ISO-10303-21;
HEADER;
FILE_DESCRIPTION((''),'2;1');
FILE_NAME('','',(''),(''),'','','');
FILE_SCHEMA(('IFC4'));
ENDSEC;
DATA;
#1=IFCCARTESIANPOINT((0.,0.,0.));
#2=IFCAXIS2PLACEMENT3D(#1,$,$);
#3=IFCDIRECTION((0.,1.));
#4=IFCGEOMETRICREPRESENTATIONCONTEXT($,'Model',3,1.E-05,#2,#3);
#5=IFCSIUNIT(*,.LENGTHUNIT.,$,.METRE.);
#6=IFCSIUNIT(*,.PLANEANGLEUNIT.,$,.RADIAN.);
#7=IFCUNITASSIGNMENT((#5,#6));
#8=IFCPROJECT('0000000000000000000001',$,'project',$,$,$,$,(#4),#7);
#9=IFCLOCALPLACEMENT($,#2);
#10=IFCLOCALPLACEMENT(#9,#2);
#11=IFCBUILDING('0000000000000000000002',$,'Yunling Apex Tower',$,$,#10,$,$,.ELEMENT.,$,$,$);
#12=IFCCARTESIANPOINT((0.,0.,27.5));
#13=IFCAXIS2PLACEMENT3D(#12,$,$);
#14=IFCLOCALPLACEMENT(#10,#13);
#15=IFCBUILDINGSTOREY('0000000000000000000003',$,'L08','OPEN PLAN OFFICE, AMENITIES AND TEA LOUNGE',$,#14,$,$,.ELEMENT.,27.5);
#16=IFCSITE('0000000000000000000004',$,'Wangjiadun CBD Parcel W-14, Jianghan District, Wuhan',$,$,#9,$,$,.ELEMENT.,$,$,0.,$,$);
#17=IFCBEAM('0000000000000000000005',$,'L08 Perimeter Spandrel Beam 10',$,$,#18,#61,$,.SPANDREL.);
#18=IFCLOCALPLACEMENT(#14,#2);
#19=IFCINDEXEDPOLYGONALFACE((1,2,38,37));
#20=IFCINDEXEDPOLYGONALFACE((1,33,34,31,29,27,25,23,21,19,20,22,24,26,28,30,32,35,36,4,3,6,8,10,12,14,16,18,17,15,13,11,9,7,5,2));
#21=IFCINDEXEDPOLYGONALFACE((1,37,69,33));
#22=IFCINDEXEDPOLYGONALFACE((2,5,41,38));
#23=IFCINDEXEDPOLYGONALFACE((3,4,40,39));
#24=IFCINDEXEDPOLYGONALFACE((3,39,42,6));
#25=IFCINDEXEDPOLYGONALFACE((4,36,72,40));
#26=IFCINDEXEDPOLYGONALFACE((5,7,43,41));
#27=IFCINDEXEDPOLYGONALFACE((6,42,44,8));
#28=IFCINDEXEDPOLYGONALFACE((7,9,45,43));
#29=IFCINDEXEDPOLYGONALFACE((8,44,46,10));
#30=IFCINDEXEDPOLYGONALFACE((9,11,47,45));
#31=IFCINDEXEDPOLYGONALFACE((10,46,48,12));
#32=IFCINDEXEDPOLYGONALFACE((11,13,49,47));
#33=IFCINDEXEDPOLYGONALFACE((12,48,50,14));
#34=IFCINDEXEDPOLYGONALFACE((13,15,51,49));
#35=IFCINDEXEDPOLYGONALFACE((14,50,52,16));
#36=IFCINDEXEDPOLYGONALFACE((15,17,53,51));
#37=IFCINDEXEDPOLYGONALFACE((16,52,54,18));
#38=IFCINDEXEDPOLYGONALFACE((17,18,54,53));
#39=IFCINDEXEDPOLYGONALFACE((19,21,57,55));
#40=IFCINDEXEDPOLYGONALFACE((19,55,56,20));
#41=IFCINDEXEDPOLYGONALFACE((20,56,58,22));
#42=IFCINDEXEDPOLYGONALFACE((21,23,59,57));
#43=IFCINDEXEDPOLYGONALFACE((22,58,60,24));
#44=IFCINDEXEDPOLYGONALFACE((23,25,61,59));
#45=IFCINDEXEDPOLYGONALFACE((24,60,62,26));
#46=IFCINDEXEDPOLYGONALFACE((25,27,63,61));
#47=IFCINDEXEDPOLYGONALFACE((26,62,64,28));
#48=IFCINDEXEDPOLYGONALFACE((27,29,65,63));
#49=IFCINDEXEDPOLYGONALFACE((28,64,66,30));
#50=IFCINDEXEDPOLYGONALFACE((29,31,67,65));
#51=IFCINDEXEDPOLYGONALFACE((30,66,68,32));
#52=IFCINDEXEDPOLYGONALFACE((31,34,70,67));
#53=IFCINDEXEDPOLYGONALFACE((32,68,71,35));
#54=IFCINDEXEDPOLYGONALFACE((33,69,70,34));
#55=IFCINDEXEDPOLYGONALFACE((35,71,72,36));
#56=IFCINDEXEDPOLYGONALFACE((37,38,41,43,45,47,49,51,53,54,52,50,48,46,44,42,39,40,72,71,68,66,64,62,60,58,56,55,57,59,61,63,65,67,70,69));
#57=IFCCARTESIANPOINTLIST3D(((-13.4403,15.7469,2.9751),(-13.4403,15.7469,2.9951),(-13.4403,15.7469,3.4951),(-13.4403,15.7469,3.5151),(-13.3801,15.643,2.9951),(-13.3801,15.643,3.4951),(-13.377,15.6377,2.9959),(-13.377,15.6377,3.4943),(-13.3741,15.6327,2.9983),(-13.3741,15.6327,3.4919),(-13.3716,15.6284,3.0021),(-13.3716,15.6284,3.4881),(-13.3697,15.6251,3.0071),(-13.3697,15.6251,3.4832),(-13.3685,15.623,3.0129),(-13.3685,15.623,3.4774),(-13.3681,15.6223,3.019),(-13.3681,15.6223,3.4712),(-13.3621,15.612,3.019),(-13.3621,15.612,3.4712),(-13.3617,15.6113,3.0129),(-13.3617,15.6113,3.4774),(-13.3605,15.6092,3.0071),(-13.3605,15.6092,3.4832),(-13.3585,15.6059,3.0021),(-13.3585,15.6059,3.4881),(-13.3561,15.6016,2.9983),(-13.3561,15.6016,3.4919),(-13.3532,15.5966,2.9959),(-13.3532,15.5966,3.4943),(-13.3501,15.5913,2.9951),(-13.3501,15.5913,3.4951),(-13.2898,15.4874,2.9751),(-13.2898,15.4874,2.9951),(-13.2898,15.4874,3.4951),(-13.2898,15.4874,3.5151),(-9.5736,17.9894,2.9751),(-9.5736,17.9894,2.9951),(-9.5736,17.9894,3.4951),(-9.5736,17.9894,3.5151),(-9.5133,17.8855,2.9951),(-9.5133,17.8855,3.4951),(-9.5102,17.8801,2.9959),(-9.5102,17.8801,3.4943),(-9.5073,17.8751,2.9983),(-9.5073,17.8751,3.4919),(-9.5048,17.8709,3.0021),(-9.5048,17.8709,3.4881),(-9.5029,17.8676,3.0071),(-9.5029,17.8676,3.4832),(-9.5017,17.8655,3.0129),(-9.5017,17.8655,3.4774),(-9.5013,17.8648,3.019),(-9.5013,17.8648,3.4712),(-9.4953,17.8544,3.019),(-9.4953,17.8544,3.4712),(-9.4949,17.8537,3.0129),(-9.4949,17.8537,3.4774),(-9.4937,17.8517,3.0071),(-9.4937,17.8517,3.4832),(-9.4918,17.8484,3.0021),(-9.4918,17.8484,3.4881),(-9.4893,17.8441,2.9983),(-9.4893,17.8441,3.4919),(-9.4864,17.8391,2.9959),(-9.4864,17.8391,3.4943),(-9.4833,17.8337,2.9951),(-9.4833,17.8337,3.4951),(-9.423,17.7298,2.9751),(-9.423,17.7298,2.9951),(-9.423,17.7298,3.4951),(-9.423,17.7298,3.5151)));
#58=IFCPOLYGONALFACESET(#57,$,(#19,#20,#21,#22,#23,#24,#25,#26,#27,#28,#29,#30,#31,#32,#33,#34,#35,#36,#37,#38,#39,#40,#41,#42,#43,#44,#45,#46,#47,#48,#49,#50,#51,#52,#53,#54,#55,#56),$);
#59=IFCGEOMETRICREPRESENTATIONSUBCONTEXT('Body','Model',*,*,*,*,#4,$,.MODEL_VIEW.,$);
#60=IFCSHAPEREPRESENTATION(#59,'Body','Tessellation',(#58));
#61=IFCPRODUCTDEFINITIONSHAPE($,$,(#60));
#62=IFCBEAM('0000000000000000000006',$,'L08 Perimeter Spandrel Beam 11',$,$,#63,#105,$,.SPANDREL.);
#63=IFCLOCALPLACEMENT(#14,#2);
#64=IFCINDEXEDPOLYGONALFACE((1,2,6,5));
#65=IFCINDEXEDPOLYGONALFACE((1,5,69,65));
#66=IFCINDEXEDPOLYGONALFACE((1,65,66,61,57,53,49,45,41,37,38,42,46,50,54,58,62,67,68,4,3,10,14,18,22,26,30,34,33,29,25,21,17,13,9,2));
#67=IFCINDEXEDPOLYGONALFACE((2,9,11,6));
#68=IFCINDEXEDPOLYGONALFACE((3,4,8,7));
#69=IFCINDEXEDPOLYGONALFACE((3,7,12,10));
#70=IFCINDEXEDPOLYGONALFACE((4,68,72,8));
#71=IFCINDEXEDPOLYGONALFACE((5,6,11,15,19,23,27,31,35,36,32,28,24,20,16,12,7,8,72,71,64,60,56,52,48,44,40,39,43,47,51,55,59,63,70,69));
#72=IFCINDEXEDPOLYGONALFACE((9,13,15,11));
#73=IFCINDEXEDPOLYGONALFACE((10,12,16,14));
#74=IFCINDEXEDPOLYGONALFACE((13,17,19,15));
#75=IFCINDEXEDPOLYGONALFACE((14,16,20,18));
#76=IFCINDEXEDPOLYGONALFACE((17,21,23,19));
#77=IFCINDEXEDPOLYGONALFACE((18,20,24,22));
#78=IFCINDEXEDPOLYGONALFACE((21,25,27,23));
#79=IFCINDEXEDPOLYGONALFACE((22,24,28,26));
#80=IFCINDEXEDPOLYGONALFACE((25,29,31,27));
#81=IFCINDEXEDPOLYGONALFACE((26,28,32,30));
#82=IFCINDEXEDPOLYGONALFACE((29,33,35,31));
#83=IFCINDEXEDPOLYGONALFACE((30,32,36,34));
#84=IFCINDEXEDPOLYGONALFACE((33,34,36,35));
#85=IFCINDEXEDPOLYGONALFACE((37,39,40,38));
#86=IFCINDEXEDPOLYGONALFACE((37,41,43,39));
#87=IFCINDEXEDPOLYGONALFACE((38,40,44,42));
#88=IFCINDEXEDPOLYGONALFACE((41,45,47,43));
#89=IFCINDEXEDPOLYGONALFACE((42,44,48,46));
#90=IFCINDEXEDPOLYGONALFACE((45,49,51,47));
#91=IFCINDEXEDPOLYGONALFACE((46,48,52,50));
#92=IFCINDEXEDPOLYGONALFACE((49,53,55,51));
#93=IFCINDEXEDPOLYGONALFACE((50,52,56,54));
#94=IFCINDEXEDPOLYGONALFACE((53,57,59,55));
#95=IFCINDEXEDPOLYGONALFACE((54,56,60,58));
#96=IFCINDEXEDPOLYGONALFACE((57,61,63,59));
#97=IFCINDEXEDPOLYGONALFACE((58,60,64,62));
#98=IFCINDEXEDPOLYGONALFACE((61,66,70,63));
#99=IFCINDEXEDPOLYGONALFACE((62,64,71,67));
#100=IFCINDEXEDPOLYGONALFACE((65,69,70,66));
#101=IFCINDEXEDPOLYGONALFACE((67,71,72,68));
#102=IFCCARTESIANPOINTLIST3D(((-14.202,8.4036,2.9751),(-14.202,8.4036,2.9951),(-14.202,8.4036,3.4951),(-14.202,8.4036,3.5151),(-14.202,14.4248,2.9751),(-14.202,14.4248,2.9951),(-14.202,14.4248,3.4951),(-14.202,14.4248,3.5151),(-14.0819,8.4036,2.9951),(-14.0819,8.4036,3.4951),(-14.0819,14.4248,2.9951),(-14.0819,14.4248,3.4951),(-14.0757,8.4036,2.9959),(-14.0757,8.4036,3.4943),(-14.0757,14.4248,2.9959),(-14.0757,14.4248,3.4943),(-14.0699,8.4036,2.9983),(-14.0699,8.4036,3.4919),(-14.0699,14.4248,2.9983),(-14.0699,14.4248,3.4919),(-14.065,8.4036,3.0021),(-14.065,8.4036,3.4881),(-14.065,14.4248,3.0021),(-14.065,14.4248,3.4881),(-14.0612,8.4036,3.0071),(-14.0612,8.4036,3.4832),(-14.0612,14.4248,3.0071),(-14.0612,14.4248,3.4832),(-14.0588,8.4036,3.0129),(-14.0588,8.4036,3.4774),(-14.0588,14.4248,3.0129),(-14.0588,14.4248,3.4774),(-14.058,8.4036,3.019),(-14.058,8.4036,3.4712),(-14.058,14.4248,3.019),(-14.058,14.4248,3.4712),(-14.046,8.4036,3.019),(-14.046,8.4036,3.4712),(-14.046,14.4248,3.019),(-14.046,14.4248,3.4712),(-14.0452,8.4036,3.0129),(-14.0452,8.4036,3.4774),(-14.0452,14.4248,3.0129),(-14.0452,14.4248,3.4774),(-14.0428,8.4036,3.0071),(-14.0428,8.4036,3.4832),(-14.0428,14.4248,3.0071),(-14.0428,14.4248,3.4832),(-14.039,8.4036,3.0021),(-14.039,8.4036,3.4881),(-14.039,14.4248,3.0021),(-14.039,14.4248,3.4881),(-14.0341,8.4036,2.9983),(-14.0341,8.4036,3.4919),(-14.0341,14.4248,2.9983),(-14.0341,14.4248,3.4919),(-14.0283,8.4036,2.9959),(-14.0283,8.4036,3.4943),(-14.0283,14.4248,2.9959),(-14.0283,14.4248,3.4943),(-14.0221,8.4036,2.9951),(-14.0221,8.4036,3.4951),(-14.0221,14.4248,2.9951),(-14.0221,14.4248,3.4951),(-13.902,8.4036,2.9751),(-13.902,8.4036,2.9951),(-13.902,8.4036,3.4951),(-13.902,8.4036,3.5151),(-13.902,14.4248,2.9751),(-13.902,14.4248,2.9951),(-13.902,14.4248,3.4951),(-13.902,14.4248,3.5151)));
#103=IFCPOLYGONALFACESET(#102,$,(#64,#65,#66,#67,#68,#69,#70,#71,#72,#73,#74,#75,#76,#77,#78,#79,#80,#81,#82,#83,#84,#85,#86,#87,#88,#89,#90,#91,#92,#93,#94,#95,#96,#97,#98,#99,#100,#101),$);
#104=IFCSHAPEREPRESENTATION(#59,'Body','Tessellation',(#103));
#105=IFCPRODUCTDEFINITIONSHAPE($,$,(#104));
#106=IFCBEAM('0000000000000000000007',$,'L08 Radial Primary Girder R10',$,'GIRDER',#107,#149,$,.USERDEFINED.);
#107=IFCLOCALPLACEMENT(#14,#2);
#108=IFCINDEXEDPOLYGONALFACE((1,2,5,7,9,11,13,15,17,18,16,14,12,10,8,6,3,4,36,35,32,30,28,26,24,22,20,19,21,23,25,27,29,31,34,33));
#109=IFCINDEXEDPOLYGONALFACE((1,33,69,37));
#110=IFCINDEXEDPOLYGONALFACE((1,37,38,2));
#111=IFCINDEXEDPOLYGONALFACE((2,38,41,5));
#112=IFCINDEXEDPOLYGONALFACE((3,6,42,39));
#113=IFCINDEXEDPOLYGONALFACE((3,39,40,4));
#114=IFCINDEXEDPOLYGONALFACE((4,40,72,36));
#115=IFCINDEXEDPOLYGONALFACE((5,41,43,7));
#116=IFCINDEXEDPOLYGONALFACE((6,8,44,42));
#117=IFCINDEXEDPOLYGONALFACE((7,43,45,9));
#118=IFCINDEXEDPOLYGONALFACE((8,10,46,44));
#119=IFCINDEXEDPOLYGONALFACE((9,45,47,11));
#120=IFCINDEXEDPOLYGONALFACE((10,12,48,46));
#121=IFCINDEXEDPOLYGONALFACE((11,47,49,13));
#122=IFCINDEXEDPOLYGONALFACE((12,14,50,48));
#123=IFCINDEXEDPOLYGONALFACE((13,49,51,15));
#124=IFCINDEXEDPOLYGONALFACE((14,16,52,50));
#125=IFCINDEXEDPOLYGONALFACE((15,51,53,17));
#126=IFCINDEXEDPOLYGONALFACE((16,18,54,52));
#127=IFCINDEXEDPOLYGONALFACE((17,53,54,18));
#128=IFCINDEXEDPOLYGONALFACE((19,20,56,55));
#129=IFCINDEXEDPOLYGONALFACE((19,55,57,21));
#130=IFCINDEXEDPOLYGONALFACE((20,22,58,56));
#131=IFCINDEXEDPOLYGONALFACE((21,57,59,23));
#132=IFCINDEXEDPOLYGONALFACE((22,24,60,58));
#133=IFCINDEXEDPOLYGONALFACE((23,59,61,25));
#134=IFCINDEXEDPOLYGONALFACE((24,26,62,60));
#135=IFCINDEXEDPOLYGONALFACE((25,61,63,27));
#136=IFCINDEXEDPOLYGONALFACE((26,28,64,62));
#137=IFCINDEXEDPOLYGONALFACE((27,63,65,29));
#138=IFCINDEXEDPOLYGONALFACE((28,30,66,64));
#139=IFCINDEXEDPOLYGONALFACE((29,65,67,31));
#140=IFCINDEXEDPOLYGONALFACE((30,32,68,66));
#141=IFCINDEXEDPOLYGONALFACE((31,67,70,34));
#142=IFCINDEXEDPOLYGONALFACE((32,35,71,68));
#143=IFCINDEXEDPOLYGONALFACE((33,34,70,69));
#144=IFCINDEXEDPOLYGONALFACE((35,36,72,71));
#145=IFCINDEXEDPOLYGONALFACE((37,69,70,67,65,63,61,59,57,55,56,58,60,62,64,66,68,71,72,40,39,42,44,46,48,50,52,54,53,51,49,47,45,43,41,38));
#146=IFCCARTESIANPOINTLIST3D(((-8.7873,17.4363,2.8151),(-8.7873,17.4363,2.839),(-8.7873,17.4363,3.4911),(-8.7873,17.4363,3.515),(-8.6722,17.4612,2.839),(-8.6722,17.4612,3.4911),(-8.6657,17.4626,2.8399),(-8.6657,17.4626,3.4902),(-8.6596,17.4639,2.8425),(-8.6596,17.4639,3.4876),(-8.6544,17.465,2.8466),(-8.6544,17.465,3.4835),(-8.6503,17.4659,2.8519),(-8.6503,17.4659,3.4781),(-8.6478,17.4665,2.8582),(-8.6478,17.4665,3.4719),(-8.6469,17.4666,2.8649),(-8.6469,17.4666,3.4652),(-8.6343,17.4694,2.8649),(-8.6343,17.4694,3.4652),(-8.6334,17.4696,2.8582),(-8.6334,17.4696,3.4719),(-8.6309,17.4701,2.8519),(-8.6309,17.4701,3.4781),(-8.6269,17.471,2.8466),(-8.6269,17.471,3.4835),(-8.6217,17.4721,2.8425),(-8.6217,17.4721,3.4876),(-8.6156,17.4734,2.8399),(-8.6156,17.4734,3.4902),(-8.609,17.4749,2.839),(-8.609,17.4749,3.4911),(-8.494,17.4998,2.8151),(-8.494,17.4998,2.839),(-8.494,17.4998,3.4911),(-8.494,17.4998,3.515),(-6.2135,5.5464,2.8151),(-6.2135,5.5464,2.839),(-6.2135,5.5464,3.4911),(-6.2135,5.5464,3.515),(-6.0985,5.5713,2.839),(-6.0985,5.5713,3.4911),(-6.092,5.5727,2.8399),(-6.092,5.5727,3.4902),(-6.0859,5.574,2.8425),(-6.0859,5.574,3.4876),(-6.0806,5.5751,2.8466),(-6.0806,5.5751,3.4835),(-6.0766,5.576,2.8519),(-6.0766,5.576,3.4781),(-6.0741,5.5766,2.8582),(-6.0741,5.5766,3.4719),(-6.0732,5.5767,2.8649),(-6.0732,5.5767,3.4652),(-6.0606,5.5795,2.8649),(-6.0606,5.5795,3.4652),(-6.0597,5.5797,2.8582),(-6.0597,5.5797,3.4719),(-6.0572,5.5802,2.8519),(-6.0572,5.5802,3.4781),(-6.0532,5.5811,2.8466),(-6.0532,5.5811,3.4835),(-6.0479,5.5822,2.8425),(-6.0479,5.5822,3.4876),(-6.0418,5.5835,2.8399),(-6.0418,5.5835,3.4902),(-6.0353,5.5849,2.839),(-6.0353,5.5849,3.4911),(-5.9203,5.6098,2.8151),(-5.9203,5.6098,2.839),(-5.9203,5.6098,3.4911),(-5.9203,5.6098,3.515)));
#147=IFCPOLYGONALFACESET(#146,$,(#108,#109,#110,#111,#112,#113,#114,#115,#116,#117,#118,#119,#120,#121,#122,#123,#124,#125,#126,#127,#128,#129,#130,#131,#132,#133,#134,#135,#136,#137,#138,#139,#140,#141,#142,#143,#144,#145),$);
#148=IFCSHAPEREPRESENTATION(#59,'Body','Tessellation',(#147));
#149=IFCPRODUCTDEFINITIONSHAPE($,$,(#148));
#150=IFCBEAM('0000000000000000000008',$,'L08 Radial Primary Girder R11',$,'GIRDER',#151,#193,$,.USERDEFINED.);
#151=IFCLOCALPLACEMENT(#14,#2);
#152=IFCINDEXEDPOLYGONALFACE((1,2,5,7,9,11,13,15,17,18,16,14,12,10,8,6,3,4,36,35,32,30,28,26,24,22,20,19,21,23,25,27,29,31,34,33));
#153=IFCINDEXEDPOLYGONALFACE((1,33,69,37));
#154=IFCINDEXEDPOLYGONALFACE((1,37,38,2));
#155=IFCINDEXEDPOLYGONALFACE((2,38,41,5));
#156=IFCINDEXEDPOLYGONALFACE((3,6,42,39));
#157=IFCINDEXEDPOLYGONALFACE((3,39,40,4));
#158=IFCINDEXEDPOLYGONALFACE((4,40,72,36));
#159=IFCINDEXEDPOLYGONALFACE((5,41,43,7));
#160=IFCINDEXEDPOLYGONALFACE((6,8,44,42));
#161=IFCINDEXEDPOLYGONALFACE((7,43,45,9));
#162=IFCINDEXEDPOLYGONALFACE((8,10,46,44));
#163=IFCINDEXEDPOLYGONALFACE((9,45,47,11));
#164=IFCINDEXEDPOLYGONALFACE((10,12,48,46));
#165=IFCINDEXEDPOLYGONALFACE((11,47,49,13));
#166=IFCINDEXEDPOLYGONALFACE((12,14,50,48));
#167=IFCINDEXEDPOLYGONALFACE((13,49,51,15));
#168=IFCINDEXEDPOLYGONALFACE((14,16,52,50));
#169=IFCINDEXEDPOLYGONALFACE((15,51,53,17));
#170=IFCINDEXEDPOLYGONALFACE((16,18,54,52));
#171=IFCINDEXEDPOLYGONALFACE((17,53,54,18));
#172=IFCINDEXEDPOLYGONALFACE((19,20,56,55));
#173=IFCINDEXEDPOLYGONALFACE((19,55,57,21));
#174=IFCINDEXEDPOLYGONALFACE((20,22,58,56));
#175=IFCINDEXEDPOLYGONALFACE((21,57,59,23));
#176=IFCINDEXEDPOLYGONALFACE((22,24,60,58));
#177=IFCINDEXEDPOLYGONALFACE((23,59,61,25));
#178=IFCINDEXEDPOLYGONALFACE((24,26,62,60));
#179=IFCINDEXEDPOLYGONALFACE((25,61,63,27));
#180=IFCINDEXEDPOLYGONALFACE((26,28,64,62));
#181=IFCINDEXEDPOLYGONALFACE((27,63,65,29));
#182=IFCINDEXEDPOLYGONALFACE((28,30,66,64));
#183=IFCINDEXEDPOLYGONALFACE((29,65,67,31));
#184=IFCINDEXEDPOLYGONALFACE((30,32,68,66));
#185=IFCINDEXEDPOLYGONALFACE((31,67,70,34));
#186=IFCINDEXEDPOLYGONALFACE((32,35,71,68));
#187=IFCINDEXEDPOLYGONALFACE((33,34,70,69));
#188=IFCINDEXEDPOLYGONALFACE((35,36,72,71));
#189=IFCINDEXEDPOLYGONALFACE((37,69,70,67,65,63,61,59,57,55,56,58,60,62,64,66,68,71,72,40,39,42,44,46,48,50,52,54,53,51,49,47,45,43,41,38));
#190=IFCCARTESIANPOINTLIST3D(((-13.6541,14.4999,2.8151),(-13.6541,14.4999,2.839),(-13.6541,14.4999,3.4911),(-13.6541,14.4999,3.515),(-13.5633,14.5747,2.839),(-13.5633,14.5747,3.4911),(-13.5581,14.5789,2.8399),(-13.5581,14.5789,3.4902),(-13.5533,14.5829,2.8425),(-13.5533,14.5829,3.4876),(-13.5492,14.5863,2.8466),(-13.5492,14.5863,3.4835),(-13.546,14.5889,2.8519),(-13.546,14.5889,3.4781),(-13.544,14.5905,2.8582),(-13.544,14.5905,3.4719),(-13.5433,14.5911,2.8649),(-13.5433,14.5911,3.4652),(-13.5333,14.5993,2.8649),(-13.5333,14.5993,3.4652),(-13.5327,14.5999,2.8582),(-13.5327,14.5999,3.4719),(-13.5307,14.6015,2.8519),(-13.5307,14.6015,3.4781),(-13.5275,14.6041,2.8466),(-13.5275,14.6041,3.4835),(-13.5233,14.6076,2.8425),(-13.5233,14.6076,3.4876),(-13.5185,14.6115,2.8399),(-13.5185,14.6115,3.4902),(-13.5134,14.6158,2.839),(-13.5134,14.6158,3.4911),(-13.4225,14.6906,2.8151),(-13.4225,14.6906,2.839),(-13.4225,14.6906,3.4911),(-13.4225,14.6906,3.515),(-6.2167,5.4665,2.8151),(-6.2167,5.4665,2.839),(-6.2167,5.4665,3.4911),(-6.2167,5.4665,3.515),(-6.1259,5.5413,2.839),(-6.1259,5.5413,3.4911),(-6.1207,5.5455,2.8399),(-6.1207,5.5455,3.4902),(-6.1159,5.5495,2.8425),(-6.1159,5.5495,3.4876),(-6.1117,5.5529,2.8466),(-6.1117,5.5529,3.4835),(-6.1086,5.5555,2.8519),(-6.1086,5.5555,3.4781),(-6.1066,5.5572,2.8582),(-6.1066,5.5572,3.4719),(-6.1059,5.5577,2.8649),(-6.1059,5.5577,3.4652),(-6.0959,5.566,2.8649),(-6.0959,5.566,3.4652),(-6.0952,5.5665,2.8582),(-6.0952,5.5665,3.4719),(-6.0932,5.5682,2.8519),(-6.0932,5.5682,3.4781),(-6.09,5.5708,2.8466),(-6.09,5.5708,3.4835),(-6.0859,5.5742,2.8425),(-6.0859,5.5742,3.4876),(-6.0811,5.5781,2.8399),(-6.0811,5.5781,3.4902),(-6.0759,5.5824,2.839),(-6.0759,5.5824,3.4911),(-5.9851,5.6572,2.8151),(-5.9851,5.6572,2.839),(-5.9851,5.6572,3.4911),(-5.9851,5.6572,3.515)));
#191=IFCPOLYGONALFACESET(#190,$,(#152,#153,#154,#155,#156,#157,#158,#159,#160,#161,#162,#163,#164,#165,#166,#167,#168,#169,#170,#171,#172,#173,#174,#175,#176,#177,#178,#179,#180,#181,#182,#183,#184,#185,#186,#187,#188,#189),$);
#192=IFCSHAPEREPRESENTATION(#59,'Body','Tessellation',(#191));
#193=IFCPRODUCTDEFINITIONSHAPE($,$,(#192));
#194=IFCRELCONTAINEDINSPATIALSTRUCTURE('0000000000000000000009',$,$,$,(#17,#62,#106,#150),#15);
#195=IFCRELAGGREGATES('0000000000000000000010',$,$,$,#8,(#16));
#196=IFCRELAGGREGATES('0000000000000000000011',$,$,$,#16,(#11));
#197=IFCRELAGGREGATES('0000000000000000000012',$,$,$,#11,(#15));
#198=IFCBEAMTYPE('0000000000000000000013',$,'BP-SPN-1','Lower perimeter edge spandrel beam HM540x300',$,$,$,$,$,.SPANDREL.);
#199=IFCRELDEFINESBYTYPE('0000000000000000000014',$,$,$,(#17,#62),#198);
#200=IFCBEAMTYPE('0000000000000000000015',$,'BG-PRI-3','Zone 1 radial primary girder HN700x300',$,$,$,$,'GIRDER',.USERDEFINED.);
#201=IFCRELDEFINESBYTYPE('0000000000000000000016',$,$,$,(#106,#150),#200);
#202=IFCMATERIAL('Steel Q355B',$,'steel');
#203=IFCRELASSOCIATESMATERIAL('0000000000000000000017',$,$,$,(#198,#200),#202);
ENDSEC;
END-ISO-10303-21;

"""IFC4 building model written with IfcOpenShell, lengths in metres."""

from ifc_helpers import new_model, si_unit, direction, frame, origin, origin_2d, place, context, subcontext, project, spatial, i_section, extrude, source, transform, mapped, material, material_profile, profile_set, type_object, element, save


model = new_model("IFC4")

# Units and contexts
model_context = context("Model", 3, precision=1e-05, world=origin(), true_north=direction((0.0, 1.0)))
body_context = subcontext(model_context, "Body", "Model", "MODEL_VIEW")
ifc_project = project(units=[si_unit("LENGTHUNIT", "METRE"), si_unit("PLANEANGLEUNIT", "RADIAN")], contexts=[model_context])

# Site, building, storey
site_placement = place(None, origin())
site = spatial("IfcSite", under=ifc_project, at=site_placement, Name="Wangjiadun CBD Parcel W-14, Jianghan District, Wuhan", CompositionType="ELEMENT", RefElevation=0.0)
building_placement = place(site_placement, origin())
building = spatial("IfcBuilding", under=site, at=building_placement, Name="Yunling Apex Tower", CompositionType="ELEMENT")
storey_placement = place(building_placement, frame((0.0, 0.0, 27.5)))
storey = spatial("IfcBuildingStorey", under=building, at=storey_placement, Name="L08", Description="OPEN PLAN OFFICE, AMENITIES AND TEA LOUNGE", CompositionType="ELEMENT", Elevation=27.5)

# Beams
ifc_material_1 = material(Name="Steel Q355B", Category="steel")
ifc_material_profile_1 = material_profile(ifc_material_1, i_section(OverallWidth=0.3, OverallDepth=0.54, WebThickness=0.012, FlangeThickness=0.02, FilletRadius=0.0239, at=origin_2d()))
ifc_profile_set_1 = profile_set([ifc_material_profile_1], Name="Steel Q355B")
beam_type_1 = type_object("IfcBeamType", Name="BP-SPN-1", Description="Lower perimeter edge spandrel beam HM540x300", PredefinedType="SPANDREL", material=ifc_profile_set_1)
shared_shape_1 = source(origin(), body_context, "Body", "SweptSolid", [
    extrude(i_section(OverallWidth=0.3, OverallDepth=0.54, WebThickness=0.012, FlangeThickness=0.02, FilletRadius=0.0239, at=origin_2d()), origin(), (0.0, 0.0, 1.0), 4.47),
])
beam_1_placement = place(storey_placement, frame((-9.4983, 17.8596, 3.2451), z_axis=(-0.865056, -0.501676, 0.0), x_axis=(0.501676, -0.865056, 0.0)))
element("IfcBeam", 1, at=beam_1_placement, inside=storey, type_object=beam_type_1, Name="L08 Perimeter Spandrel Beam 10", PredefinedType="SPANDREL", context=body_context, shape_type="MappedRepresentation", body=[
    mapped(shared_shape_1, transform((0.0, 0.0, 0.0), scale=1.0)),
])
shared_shape_2 = source(origin(), body_context, "Body", "SweptSolid", [
    extrude(i_section(OverallWidth=0.3, OverallDepth=0.54, WebThickness=0.012, FlangeThickness=0.02, FilletRadius=0.0239, at=origin_2d()), origin(), (0.0, 0.0, 1.0), 6.0212),
])
beam_2_placement = place(storey_placement, frame((-14.052, 14.4248, 3.2451), z_axis=(0.0, -1.0, 0.0), x_axis=(1.0, 0.0, 0.0)))
element("IfcBeam", 2, at=beam_2_placement, inside=storey, type_object=beam_type_1, Name="L08 Perimeter Spandrel Beam 11", PredefinedType="SPANDREL", context=body_context, shape_type="MappedRepresentation", body=[
    mapped(shared_shape_2, transform((0.0, 0.0, 0.0), scale=1.0)),
])
ifc_material_profile_2 = material_profile(ifc_material_1, i_section(OverallWidth=0.3, OverallDepth=0.7, WebThickness=0.0129, FlangeThickness=0.0239, FilletRadius=0.0259, at=origin_2d()))
ifc_profile_set_2 = profile_set([ifc_material_profile_2], Name="Steel Q355B")
beam_type_2 = type_object("IfcBeamType", Name="BG-PRI-3", Description="Zone 1 radial primary girder HN700x300", ElementType="GIRDER", PredefinedType="USERDEFINED", material=ifc_profile_set_2)
shared_shape_3 = source(origin(), body_context, "Body", "SweptSolid", [
    extrude(i_section(OverallWidth=0.3, OverallDepth=0.7, WebThickness=0.0129, FlangeThickness=0.0239, FilletRadius=0.0259, at=origin_2d()), origin(), (0.0, 0.0, 1.0), 12.1653),
])
beam_3_placement = place(storey_placement, frame((-8.6406, 17.468, 3.165), z_axis=(0.211564, -0.977364, 0.0), x_axis=(0.977364, 0.211564, 0.0)))
element("IfcBeam", 3, at=beam_3_placement, inside=storey, type_object=beam_type_2, Name="L08 Radial Primary Girder R10", ObjectType="GIRDER", PredefinedType="USERDEFINED", context=body_context, shape_type="MappedRepresentation", body=[
    mapped(shared_shape_3, transform((0.0, 0.0, 0.0), scale=1.0)),
])
shared_shape_4 = source(origin(), body_context, "Body", "SweptSolid", [
    extrude(i_section(OverallWidth=0.3, OverallDepth=0.7, WebThickness=0.0129, FlangeThickness=0.0239, FilletRadius=0.0259, at=origin_2d()), origin(), (0.0, 0.0, 1.0), 11.7012),
])
beam_4_placement = place(storey_placement, frame((-13.5383, 14.5952, 3.165), z_axis=(0.635615, -0.772006, 0.0), x_axis=(0.772006, 0.635615, 0.0)))
element("IfcBeam", 4, at=beam_4_placement, inside=storey, type_object=beam_type_2, Name="L08 Radial Primary Girder R11", ObjectType="GIRDER", PredefinedType="USERDEFINED", context=body_context, shape_type="MappedRepresentation", body=[
    mapped(shared_shape_4, transform((0.0, 0.0, 0.0), scale=1.0)),
])

save(model, "model.ifc")
